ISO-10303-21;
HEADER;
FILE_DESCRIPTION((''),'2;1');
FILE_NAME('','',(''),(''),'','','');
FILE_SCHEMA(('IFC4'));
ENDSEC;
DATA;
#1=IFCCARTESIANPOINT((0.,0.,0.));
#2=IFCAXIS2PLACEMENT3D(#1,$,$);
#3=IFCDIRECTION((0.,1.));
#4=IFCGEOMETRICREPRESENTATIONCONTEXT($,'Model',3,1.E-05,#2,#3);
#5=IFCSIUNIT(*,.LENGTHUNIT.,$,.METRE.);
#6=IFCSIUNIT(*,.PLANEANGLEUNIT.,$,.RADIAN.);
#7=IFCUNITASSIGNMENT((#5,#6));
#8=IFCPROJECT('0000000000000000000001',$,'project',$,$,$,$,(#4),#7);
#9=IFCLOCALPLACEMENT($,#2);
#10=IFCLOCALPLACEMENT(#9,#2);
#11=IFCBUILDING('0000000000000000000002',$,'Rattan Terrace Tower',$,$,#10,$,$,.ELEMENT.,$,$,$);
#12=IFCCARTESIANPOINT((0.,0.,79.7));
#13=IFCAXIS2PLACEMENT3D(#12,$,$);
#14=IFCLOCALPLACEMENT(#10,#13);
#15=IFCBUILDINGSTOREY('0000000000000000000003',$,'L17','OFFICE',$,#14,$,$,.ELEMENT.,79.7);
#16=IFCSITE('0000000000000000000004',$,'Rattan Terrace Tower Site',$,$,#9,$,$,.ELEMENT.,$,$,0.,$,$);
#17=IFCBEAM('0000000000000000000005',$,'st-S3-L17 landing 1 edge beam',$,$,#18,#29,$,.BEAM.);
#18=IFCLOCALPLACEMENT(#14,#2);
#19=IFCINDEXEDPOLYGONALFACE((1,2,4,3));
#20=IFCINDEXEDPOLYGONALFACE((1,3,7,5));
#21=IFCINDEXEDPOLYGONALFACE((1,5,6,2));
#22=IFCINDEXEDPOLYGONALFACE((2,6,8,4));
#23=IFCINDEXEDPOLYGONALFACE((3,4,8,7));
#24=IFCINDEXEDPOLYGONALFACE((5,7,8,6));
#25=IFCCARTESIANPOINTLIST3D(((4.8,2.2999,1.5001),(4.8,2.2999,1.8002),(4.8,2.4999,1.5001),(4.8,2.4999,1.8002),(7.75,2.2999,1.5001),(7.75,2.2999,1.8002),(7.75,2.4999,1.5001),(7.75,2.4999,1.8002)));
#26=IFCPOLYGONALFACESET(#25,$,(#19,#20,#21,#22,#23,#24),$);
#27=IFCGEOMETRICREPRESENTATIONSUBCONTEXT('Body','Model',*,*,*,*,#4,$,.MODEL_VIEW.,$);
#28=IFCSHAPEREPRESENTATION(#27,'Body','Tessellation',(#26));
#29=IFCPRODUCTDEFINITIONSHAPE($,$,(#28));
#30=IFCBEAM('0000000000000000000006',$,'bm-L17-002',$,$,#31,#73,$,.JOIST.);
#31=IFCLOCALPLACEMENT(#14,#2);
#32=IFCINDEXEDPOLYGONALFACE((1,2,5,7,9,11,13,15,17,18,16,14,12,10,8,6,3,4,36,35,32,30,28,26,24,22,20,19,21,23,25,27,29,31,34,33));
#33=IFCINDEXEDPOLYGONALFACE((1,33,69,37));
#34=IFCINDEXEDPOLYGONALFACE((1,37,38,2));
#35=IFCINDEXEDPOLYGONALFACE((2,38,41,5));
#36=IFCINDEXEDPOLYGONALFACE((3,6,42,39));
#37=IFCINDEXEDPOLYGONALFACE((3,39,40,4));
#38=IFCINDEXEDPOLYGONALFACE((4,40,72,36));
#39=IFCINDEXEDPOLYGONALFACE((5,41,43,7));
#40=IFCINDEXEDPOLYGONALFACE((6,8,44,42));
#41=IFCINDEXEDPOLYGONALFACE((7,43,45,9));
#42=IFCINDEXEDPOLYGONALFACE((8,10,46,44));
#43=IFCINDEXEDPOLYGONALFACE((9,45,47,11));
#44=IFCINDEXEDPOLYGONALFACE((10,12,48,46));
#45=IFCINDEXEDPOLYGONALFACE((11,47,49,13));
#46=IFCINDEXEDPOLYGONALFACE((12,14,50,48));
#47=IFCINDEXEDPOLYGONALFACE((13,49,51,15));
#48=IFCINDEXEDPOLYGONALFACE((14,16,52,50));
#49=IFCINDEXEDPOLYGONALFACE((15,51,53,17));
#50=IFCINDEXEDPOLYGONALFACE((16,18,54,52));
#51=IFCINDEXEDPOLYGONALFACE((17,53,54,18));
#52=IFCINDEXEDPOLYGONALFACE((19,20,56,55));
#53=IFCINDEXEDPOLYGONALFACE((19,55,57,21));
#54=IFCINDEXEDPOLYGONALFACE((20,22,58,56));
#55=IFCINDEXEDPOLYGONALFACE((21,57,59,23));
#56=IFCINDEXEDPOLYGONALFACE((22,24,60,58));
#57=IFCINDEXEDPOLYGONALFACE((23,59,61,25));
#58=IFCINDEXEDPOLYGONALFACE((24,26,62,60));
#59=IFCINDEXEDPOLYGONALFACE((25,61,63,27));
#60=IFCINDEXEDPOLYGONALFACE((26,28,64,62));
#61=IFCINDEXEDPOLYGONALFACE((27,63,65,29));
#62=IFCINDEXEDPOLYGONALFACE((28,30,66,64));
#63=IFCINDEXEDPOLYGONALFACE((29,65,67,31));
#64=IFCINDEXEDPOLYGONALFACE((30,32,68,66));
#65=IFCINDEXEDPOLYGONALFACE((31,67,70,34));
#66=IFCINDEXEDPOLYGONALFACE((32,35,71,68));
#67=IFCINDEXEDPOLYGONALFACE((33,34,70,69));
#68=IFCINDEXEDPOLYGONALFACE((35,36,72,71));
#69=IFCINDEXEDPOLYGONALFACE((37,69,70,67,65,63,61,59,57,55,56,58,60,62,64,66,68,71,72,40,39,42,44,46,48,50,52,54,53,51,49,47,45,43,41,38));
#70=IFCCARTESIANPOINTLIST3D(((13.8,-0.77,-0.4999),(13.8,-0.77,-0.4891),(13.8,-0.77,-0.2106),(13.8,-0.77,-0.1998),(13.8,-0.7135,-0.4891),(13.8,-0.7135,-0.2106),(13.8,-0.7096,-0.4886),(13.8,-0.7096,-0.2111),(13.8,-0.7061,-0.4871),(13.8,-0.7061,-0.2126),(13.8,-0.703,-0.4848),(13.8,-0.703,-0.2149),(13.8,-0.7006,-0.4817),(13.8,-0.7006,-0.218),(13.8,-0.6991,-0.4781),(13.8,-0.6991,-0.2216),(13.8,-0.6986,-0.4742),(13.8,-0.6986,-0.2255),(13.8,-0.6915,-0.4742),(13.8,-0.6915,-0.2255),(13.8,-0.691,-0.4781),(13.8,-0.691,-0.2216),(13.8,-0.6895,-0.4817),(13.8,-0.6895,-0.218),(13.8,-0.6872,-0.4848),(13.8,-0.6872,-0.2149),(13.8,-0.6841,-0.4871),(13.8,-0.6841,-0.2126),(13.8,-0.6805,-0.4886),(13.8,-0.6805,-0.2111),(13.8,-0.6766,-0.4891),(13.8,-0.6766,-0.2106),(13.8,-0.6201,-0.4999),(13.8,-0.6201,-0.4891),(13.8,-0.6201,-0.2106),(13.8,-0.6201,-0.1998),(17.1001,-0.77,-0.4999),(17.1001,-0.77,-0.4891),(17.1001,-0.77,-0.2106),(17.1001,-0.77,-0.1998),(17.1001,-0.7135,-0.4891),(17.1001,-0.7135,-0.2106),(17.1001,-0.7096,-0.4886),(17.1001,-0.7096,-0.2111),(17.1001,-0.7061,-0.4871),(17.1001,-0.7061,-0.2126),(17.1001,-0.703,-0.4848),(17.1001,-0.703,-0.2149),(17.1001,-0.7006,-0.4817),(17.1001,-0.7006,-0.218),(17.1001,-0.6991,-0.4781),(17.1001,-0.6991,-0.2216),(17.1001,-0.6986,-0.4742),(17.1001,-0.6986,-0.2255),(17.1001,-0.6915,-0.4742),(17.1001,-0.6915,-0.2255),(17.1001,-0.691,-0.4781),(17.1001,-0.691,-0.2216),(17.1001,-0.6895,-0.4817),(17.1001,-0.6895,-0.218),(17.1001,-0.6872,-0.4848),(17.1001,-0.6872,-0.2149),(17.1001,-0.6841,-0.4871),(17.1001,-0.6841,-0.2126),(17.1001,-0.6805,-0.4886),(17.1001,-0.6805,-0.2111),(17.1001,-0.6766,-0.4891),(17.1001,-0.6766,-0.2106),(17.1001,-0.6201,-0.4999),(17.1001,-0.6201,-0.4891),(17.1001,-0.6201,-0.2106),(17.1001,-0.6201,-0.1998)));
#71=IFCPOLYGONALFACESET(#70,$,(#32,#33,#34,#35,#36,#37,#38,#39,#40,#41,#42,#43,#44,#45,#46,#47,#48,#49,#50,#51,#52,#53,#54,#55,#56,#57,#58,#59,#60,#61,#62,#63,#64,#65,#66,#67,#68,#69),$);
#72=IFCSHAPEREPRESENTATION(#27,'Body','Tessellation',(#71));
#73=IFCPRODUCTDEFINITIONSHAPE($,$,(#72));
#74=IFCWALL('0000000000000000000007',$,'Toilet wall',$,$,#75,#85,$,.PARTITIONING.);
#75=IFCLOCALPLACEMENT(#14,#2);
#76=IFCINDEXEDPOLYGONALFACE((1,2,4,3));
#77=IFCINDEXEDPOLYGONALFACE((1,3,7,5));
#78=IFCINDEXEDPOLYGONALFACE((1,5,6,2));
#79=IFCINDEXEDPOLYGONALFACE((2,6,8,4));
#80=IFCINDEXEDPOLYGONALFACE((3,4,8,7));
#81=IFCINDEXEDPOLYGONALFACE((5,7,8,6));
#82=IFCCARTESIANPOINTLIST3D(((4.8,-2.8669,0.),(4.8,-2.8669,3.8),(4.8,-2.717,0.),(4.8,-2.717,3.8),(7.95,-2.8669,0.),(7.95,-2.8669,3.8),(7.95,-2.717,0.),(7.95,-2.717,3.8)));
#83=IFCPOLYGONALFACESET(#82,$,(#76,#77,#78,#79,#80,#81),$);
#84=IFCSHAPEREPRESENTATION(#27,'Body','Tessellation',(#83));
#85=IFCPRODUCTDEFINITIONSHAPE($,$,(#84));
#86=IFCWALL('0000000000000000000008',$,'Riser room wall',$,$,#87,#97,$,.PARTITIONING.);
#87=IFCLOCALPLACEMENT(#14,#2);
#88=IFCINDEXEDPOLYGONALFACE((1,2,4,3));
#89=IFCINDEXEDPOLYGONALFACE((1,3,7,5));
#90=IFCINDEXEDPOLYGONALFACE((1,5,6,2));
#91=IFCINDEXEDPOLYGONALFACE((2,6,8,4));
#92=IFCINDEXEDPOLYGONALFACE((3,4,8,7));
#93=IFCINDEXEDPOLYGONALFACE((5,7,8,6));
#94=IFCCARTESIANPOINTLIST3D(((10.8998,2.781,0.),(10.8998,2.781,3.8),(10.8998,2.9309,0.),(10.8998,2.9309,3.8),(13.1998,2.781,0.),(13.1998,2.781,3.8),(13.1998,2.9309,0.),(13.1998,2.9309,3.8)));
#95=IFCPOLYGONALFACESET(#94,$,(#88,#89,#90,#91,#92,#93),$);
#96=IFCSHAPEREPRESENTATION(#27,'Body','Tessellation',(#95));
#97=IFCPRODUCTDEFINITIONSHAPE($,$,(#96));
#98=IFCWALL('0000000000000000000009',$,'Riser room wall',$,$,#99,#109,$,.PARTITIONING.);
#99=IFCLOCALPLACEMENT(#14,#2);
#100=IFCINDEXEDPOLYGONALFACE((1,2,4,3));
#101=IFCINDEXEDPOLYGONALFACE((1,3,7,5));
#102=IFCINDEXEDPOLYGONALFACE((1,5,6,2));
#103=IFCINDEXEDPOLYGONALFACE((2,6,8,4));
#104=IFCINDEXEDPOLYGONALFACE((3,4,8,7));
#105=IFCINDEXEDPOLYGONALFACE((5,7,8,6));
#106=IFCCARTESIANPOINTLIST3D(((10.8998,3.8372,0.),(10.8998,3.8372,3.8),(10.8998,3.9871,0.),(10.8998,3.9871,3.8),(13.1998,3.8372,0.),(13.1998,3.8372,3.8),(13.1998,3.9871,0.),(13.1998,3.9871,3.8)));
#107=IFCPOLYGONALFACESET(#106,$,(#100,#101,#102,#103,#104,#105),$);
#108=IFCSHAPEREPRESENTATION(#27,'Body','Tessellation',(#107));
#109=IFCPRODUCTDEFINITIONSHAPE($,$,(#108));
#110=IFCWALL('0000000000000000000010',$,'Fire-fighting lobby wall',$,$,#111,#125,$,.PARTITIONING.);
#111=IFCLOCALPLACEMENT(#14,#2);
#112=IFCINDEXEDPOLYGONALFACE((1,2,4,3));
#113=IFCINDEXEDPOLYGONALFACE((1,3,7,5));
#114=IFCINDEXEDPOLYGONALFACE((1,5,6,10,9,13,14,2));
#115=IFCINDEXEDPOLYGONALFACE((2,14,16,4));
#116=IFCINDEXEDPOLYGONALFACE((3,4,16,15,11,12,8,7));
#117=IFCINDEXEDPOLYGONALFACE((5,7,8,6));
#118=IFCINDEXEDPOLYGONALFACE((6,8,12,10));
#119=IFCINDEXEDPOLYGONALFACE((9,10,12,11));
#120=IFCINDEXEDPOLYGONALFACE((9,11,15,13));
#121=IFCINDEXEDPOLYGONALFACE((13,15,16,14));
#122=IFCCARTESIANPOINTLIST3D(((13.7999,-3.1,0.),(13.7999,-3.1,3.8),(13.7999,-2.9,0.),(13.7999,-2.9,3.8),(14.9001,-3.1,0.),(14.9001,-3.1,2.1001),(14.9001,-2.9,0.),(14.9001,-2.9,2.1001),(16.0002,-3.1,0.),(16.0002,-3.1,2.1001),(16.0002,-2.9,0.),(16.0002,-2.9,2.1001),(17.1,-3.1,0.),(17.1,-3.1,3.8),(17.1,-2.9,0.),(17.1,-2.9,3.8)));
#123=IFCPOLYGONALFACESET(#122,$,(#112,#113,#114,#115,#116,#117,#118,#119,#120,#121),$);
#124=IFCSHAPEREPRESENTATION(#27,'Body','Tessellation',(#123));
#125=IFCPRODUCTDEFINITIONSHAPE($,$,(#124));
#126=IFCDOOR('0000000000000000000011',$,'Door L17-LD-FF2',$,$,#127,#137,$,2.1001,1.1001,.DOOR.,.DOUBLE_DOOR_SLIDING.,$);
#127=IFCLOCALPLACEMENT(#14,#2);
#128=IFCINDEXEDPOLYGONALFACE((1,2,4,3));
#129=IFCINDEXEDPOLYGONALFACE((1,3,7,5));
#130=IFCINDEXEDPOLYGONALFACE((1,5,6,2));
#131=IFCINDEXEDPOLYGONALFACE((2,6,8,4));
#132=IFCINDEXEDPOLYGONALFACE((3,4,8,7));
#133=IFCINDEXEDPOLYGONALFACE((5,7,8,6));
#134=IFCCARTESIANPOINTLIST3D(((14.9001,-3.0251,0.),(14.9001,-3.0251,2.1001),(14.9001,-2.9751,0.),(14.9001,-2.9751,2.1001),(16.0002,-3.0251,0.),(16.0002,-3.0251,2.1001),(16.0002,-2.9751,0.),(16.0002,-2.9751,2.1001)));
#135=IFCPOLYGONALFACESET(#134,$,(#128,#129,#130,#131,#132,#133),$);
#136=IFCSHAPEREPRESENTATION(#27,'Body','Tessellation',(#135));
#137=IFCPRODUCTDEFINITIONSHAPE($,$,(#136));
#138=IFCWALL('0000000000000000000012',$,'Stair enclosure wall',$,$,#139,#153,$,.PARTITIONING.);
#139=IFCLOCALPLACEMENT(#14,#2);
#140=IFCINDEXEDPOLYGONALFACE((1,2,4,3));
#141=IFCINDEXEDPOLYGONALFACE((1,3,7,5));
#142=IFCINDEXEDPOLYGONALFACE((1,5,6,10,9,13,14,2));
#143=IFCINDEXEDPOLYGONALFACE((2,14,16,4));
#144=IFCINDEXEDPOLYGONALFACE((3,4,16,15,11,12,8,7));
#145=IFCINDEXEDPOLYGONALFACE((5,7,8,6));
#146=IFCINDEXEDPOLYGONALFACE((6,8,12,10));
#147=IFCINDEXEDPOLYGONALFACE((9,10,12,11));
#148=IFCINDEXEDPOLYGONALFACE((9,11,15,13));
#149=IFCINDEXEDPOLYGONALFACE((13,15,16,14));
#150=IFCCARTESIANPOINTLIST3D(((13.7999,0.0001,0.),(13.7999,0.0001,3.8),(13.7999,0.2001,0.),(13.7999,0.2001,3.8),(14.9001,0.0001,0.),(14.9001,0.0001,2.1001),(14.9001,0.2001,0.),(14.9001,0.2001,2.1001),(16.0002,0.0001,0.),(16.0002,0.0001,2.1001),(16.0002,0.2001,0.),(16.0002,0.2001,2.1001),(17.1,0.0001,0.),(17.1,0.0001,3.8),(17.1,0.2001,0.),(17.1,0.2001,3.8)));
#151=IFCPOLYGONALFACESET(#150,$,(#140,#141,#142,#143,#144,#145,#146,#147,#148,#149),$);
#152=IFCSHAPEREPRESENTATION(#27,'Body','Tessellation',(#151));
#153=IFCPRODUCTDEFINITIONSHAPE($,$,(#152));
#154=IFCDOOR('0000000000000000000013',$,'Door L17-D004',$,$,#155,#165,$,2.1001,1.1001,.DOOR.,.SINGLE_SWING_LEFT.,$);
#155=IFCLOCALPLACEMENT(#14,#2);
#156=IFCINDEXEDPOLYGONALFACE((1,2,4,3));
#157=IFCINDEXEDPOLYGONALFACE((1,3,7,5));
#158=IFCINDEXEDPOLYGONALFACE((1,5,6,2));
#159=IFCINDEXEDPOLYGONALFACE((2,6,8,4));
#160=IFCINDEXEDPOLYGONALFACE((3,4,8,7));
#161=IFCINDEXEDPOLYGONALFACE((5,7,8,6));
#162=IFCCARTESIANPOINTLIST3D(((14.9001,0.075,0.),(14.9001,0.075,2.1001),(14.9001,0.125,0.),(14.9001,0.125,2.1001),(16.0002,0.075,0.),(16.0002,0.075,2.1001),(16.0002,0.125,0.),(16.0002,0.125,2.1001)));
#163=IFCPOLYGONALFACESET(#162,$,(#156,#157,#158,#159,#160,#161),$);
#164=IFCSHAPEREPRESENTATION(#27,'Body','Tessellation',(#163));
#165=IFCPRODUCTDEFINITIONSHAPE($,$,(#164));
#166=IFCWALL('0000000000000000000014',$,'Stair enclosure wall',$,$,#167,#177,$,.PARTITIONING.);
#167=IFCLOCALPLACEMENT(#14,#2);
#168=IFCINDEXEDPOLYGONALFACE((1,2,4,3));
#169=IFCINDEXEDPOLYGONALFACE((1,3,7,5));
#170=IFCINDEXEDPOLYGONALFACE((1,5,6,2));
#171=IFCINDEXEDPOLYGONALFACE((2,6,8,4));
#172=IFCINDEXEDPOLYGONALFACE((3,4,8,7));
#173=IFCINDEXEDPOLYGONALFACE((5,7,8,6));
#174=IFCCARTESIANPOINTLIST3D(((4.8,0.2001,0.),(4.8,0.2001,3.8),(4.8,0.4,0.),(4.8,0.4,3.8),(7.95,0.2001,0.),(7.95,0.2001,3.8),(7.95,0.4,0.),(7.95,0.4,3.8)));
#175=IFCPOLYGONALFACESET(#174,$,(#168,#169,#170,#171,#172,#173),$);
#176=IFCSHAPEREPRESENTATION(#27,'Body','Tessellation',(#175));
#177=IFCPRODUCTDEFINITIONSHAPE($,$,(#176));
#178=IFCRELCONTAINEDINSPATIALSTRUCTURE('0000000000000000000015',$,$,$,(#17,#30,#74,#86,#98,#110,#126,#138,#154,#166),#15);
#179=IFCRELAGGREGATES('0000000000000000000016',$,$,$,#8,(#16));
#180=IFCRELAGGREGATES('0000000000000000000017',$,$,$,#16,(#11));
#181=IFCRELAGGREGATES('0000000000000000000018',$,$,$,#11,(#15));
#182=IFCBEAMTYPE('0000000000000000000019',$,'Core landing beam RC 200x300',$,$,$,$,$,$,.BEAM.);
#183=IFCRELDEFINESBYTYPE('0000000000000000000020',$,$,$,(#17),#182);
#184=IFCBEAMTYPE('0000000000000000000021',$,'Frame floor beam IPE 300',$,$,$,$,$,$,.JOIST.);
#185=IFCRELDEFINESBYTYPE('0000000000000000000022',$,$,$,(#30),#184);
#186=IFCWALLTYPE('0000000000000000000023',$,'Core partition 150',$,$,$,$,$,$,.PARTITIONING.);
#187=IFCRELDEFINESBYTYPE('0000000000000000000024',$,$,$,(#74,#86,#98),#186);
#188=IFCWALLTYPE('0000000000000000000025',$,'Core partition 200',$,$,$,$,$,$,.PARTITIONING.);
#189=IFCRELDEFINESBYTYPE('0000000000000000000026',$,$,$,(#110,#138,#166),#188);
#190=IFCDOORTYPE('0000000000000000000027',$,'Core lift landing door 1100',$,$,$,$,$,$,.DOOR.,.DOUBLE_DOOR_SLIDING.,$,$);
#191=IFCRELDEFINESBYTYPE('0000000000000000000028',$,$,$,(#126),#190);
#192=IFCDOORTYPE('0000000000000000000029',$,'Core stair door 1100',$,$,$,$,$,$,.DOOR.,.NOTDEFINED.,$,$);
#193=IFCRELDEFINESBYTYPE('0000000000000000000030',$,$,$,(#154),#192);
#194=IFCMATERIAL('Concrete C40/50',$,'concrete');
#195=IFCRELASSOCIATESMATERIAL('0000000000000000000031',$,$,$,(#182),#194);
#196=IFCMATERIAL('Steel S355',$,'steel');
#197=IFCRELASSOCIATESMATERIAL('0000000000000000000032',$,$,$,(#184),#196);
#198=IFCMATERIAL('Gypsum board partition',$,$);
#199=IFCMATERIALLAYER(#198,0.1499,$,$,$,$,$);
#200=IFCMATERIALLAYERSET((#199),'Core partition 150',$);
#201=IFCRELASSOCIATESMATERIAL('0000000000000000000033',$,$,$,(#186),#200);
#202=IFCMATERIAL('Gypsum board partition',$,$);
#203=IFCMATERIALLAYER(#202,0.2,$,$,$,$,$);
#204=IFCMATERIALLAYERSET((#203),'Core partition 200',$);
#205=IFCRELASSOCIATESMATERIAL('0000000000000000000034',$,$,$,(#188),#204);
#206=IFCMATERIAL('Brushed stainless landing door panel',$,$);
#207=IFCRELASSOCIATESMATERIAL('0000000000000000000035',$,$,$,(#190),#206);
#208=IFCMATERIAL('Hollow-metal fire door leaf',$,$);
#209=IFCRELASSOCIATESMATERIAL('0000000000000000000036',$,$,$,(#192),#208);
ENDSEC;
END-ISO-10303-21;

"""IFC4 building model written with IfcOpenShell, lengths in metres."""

from ifc_helpers import new_model, si_unit, direction, frame, frame_2d, origin, origin_2d, place, context, subcontext, project, spatial, rectangle, i_section, extrude, material, layer, layer_set, material_profile, profile_set, type_object, element, fill, save


model = new_model("IFC4")

# Units and contexts
model_context = context("Model", 3, precision=1e-05, world=origin(), true_north=direction((0.0, 1.0)))
body_context = subcontext(model_context, "Body", "Model", "MODEL_VIEW")
ifc_project = project(units=[si_unit("LENGTHUNIT", "METRE"), si_unit("PLANEANGLEUNIT", "RADIAN")], contexts=[model_context])

# Site, building, storey
site_placement = place(None, origin())
site = spatial("IfcSite", under=ifc_project, at=site_placement, Name="Rattan Terrace Tower Site", CompositionType="ELEMENT", RefElevation=0.0)
building_placement = place(site_placement, origin())
building = spatial("IfcBuilding", under=site, at=building_placement, Name="Rattan Terrace Tower", CompositionType="ELEMENT")
storey_placement = place(building_placement, frame((0.0, 0.0, 79.7)))
storey = spatial("IfcBuildingStorey", under=building, at=storey_placement, Name="L17", Description="OFFICE", CompositionType="ELEMENT", Elevation=79.7)

# Beams
ifc_material_1 = material(Name="Concrete C40/50", Category="concrete")
ifc_material_profile_1 = material_profile(ifc_material_1, rectangle(XDim=0.2, YDim=0.3, at=origin_2d()), Name="RC 200x300")
ifc_profile_set_1 = profile_set([ifc_material_profile_1], Name="Concrete C40/50")
beam_type_1 = type_object("IfcBeamType", Name="Core landing beam RC 200x300", PredefinedType="BEAM", material=ifc_profile_set_1)
beam_1_placement = place(storey_placement, frame((4.8, 2.3999, 1.6501), z_axis=(1.0, 0.0, 0.0), x_axis=(0.0, 1.0, 0.0)))
element("IfcBeam", 1, at=beam_1_placement, inside=storey, type_object=beam_type_1, Name="st-S3-L17 landing 1 edge beam", PredefinedType="BEAM", context=body_context, shape_type="SweptSolid", body=[
    extrude(rectangle(XDim=0.2, YDim=0.3, at=origin_2d()), origin(), (0.0, 0.0, 1.0), 2.95),
])
ifc_material_2 = material(Name="Steel S355", Category="steel")
ifc_material_profile_2 = material_profile(ifc_material_2, i_section(OverallWidth=0.1499, OverallDepth=0.3, WebThickness=0.0071, FlangeThickness=0.0107, FilletRadius=0.0149, at=origin_2d()), Name="IPE 300")
ifc_profile_set_2 = profile_set([ifc_material_profile_2], Name="Steel S355")
beam_type_2 = type_object("IfcBeamType", Name="Frame floor beam IPE 300", PredefinedType="JOIST", material=ifc_profile_set_2)
beam_2_placement = place(storey_placement, frame((13.8, -0.6951, -0.3499), z_axis=(1.0, 0.0, 0.0), x_axis=(0.0, 1.0, 0.0)))
element("IfcBeam", 2, at=beam_2_placement, inside=storey, type_object=beam_type_2, Name="bm-L17-002", PredefinedType="JOIST", context=body_context, shape_type="SweptSolid", body=[
    extrude(i_section(OverallWidth=0.1499, OverallDepth=0.3, WebThickness=0.0071, FlangeThickness=0.0107, FilletRadius=0.0149, at=origin_2d()), origin(), (0.0, 0.0, 1.0), 3.3),
])

# Walls
ifc_material_3 = material(Name="Gypsum board partition")
ifc_layer_1 = layer(ifc_material_3, 0.1499)
ifc_layer_set_1 = layer_set([ifc_layer_1], Name="Core partition 150")
wall_type_1 = type_object("IfcWallType", Name="Core partition 150", PredefinedType="PARTITIONING", material=ifc_layer_set_1)
wall_1_placement = place(storey_placement, frame((4.8, -2.792, 0.0), z_axis=(0.0, 0.0, 1.0), x_axis=(1.0, 0.0, 0.0)))
element("IfcWall", 3, at=wall_1_placement, inside=storey, type_object=wall_type_1, Name="Toilet wall", PredefinedType="PARTITIONING", context=body_context, shape_type="SweptSolid", body=[
    extrude(rectangle(XDim=3.1499, YDim=0.1499, at=frame_2d((1.575, 0.0))), origin(), (0.0, 0.0, 1.0), 3.8),
])
for number, where, z_axis, x_axis, name in (
    (4, (10.8999, 2.856, 0.0), (0.0, 0.0, 1.0), (1.0, 0.0, 0.0), "Riser room wall"),
    (5, (10.8999, 3.9121, 0.0), (0.0, 0.0, 1.0), (1.0, 0.0, 0.0), "Riser room wall"),
):
    element("IfcWall", number, at=place(storey_placement, frame(where, z_axis=z_axis, x_axis=x_axis)), inside=storey, type_object=wall_type_1, Name=name, PredefinedType="PARTITIONING", context=body_context, shape_type="SweptSolid", body=[
        extrude(rectangle(XDim=2.3, YDim=0.1499, at=frame_2d((1.1499, 0.0))), origin(), (0.0, 0.0, 1.0), 3.8),
    ])

# Walls, openings, doors
ifc_material_4 = material(Name="Gypsum board partition")
ifc_layer_2 = layer(ifc_material_4, 0.2)
ifc_layer_set_2 = layer_set([ifc_layer_2], Name="Core partition 200")
wall_type_2 = type_object("IfcWallType", Name="Core partition 200", PredefinedType="PARTITIONING", material=ifc_layer_set_2)
wall_2_placement = place(storey_placement, frame((13.8, -3.0, 0.0), z_axis=(0.0, 0.0, 1.0), x_axis=(1.0, 0.0, 0.0)))
wall_2 = element("IfcWall", 6, at=wall_2_placement, inside=storey, type_object=wall_type_2, Name="Fire-fighting lobby wall", PredefinedType="PARTITIONING", context=body_context, shape_type="SweptSolid", body=[
    extrude(rectangle(XDim=3.3, YDim=0.2, at=frame_2d((1.6499, 0.0))), origin(), (0.0, 0.0, 1.0), 3.8),
])
opening_1_placement = place(wall_2_placement, frame((1.1001, 0.0, 0.0)))
opening_1 = element("IfcOpeningElement", 7, at=opening_1_placement, cuts=wall_2, PredefinedType="OPENING", context=body_context, shape_type="SweptSolid", body=[
    extrude(rectangle(XDim=1.1001, YDim=2.1001, at=frame_2d((0.55, 1.05))), frame((0.0, 0.1106, 0.0), z_axis=(0.0, -1.0, 0.0), x_axis=(1.0, 0.0, 0.0)), (0.0, 0.0, 1.0), 0.2209),
])
ifc_material_5 = material(Name="Brushed stainless landing door panel")
door_type_1 = type_object("IfcDoorType", Name="Core lift landing door 1100", OperationType="DOUBLE_DOOR_SLIDING", PredefinedType="DOOR", material=ifc_material_5)
door_1_placement = place(opening_1_placement, origin())
door_1 = element("IfcDoor", 8, at=door_1_placement, inside=storey, type_object=door_type_1, Name="Door L17-LD-FF2", OperationType="DOUBLE_DOOR_SLIDING", OverallHeight=2.1001, OverallWidth=1.1001, PredefinedType="DOOR", context=body_context, shape_type="SweptSolid", body=[
    extrude(rectangle(XDim=1.1001, YDim=2.1001, at=frame_2d((0.55, 1.05))), frame((0.0, 0.0249, 0.0), z_axis=(0.0, -1.0, 0.0), x_axis=(1.0, 0.0, 0.0)), (0.0, 0.0, 1.0), 0.05),
])
fill(opening_1, door_1)
wall_3_placement = place(storey_placement, frame((13.8, 0.1001, 0.0), z_axis=(0.0, 0.0, 1.0), x_axis=(1.0, 0.0, 0.0)))
wall_3 = element("IfcWall", 9, at=wall_3_placement, inside=storey, type_object=wall_type_2, Name="Stair enclosure wall", PredefinedType="PARTITIONING", context=body_context, shape_type="SweptSolid", body=[
    extrude(rectangle(XDim=3.3, YDim=0.2, at=frame_2d((1.6499, 0.0))), origin(), (0.0, 0.0, 1.0), 3.8),
])
opening_2_placement = place(wall_3_placement, frame((1.1001, 0.0, 0.0)))
opening_2 = element("IfcOpeningElement", 10, at=opening_2_placement, cuts=wall_3, PredefinedType="OPENING", context=body_context, shape_type="SweptSolid", body=[
    extrude(rectangle(XDim=1.1001, YDim=2.1001, at=frame_2d((0.55, 1.05))), frame((0.0, 0.1106, 0.0), z_axis=(0.0, -1.0, 0.0), x_axis=(1.0, 0.0, 0.0)), (0.0, 0.0, 1.0), 0.2209),
])
ifc_material_6 = material(Name="Hollow-metal fire door leaf")
door_type_2 = type_object("IfcDoorType", Name="Core stair door 1100", OperationType="NOTDEFINED", PredefinedType="DOOR", material=ifc_material_6)
door_2_placement = place(opening_2_placement, origin())
door_2 = element("IfcDoor", 11, at=door_2_placement, inside=storey, type_object=door_type_2, Name="Door L17-D004", OperationType="SINGLE_SWING_LEFT", OverallHeight=2.1001, OverallWidth=1.1001, PredefinedType="DOOR", context=body_context, shape_type="SweptSolid", body=[
    extrude(rectangle(XDim=1.1001, YDim=2.1001, at=frame_2d((0.55, 1.05))), frame((0.0, 0.0249, 0.0), z_axis=(0.0, -1.0, 0.0), x_axis=(1.0, 0.0, 0.0)), (0.0, 0.0, 1.0), 0.05),
])
fill(opening_2, door_2)

# Wall
wall_4_placement = place(storey_placement, frame((4.8, 0.3, 0.0), z_axis=(0.0, 0.0, 1.0), x_axis=(1.0, 0.0, 0.0)))
element("IfcWall", 12, at=wall_4_placement, inside=storey, type_object=wall_type_2, Name="Stair enclosure wall", PredefinedType="PARTITIONING", context=body_context, shape_type="SweptSolid", body=[
    extrude(rectangle(XDim=3.1499, YDim=0.2, at=frame_2d((1.575, 0.0))), origin(), (0.0, 0.0, 1.0), 3.8),
])

save(model, "model.ifc")
